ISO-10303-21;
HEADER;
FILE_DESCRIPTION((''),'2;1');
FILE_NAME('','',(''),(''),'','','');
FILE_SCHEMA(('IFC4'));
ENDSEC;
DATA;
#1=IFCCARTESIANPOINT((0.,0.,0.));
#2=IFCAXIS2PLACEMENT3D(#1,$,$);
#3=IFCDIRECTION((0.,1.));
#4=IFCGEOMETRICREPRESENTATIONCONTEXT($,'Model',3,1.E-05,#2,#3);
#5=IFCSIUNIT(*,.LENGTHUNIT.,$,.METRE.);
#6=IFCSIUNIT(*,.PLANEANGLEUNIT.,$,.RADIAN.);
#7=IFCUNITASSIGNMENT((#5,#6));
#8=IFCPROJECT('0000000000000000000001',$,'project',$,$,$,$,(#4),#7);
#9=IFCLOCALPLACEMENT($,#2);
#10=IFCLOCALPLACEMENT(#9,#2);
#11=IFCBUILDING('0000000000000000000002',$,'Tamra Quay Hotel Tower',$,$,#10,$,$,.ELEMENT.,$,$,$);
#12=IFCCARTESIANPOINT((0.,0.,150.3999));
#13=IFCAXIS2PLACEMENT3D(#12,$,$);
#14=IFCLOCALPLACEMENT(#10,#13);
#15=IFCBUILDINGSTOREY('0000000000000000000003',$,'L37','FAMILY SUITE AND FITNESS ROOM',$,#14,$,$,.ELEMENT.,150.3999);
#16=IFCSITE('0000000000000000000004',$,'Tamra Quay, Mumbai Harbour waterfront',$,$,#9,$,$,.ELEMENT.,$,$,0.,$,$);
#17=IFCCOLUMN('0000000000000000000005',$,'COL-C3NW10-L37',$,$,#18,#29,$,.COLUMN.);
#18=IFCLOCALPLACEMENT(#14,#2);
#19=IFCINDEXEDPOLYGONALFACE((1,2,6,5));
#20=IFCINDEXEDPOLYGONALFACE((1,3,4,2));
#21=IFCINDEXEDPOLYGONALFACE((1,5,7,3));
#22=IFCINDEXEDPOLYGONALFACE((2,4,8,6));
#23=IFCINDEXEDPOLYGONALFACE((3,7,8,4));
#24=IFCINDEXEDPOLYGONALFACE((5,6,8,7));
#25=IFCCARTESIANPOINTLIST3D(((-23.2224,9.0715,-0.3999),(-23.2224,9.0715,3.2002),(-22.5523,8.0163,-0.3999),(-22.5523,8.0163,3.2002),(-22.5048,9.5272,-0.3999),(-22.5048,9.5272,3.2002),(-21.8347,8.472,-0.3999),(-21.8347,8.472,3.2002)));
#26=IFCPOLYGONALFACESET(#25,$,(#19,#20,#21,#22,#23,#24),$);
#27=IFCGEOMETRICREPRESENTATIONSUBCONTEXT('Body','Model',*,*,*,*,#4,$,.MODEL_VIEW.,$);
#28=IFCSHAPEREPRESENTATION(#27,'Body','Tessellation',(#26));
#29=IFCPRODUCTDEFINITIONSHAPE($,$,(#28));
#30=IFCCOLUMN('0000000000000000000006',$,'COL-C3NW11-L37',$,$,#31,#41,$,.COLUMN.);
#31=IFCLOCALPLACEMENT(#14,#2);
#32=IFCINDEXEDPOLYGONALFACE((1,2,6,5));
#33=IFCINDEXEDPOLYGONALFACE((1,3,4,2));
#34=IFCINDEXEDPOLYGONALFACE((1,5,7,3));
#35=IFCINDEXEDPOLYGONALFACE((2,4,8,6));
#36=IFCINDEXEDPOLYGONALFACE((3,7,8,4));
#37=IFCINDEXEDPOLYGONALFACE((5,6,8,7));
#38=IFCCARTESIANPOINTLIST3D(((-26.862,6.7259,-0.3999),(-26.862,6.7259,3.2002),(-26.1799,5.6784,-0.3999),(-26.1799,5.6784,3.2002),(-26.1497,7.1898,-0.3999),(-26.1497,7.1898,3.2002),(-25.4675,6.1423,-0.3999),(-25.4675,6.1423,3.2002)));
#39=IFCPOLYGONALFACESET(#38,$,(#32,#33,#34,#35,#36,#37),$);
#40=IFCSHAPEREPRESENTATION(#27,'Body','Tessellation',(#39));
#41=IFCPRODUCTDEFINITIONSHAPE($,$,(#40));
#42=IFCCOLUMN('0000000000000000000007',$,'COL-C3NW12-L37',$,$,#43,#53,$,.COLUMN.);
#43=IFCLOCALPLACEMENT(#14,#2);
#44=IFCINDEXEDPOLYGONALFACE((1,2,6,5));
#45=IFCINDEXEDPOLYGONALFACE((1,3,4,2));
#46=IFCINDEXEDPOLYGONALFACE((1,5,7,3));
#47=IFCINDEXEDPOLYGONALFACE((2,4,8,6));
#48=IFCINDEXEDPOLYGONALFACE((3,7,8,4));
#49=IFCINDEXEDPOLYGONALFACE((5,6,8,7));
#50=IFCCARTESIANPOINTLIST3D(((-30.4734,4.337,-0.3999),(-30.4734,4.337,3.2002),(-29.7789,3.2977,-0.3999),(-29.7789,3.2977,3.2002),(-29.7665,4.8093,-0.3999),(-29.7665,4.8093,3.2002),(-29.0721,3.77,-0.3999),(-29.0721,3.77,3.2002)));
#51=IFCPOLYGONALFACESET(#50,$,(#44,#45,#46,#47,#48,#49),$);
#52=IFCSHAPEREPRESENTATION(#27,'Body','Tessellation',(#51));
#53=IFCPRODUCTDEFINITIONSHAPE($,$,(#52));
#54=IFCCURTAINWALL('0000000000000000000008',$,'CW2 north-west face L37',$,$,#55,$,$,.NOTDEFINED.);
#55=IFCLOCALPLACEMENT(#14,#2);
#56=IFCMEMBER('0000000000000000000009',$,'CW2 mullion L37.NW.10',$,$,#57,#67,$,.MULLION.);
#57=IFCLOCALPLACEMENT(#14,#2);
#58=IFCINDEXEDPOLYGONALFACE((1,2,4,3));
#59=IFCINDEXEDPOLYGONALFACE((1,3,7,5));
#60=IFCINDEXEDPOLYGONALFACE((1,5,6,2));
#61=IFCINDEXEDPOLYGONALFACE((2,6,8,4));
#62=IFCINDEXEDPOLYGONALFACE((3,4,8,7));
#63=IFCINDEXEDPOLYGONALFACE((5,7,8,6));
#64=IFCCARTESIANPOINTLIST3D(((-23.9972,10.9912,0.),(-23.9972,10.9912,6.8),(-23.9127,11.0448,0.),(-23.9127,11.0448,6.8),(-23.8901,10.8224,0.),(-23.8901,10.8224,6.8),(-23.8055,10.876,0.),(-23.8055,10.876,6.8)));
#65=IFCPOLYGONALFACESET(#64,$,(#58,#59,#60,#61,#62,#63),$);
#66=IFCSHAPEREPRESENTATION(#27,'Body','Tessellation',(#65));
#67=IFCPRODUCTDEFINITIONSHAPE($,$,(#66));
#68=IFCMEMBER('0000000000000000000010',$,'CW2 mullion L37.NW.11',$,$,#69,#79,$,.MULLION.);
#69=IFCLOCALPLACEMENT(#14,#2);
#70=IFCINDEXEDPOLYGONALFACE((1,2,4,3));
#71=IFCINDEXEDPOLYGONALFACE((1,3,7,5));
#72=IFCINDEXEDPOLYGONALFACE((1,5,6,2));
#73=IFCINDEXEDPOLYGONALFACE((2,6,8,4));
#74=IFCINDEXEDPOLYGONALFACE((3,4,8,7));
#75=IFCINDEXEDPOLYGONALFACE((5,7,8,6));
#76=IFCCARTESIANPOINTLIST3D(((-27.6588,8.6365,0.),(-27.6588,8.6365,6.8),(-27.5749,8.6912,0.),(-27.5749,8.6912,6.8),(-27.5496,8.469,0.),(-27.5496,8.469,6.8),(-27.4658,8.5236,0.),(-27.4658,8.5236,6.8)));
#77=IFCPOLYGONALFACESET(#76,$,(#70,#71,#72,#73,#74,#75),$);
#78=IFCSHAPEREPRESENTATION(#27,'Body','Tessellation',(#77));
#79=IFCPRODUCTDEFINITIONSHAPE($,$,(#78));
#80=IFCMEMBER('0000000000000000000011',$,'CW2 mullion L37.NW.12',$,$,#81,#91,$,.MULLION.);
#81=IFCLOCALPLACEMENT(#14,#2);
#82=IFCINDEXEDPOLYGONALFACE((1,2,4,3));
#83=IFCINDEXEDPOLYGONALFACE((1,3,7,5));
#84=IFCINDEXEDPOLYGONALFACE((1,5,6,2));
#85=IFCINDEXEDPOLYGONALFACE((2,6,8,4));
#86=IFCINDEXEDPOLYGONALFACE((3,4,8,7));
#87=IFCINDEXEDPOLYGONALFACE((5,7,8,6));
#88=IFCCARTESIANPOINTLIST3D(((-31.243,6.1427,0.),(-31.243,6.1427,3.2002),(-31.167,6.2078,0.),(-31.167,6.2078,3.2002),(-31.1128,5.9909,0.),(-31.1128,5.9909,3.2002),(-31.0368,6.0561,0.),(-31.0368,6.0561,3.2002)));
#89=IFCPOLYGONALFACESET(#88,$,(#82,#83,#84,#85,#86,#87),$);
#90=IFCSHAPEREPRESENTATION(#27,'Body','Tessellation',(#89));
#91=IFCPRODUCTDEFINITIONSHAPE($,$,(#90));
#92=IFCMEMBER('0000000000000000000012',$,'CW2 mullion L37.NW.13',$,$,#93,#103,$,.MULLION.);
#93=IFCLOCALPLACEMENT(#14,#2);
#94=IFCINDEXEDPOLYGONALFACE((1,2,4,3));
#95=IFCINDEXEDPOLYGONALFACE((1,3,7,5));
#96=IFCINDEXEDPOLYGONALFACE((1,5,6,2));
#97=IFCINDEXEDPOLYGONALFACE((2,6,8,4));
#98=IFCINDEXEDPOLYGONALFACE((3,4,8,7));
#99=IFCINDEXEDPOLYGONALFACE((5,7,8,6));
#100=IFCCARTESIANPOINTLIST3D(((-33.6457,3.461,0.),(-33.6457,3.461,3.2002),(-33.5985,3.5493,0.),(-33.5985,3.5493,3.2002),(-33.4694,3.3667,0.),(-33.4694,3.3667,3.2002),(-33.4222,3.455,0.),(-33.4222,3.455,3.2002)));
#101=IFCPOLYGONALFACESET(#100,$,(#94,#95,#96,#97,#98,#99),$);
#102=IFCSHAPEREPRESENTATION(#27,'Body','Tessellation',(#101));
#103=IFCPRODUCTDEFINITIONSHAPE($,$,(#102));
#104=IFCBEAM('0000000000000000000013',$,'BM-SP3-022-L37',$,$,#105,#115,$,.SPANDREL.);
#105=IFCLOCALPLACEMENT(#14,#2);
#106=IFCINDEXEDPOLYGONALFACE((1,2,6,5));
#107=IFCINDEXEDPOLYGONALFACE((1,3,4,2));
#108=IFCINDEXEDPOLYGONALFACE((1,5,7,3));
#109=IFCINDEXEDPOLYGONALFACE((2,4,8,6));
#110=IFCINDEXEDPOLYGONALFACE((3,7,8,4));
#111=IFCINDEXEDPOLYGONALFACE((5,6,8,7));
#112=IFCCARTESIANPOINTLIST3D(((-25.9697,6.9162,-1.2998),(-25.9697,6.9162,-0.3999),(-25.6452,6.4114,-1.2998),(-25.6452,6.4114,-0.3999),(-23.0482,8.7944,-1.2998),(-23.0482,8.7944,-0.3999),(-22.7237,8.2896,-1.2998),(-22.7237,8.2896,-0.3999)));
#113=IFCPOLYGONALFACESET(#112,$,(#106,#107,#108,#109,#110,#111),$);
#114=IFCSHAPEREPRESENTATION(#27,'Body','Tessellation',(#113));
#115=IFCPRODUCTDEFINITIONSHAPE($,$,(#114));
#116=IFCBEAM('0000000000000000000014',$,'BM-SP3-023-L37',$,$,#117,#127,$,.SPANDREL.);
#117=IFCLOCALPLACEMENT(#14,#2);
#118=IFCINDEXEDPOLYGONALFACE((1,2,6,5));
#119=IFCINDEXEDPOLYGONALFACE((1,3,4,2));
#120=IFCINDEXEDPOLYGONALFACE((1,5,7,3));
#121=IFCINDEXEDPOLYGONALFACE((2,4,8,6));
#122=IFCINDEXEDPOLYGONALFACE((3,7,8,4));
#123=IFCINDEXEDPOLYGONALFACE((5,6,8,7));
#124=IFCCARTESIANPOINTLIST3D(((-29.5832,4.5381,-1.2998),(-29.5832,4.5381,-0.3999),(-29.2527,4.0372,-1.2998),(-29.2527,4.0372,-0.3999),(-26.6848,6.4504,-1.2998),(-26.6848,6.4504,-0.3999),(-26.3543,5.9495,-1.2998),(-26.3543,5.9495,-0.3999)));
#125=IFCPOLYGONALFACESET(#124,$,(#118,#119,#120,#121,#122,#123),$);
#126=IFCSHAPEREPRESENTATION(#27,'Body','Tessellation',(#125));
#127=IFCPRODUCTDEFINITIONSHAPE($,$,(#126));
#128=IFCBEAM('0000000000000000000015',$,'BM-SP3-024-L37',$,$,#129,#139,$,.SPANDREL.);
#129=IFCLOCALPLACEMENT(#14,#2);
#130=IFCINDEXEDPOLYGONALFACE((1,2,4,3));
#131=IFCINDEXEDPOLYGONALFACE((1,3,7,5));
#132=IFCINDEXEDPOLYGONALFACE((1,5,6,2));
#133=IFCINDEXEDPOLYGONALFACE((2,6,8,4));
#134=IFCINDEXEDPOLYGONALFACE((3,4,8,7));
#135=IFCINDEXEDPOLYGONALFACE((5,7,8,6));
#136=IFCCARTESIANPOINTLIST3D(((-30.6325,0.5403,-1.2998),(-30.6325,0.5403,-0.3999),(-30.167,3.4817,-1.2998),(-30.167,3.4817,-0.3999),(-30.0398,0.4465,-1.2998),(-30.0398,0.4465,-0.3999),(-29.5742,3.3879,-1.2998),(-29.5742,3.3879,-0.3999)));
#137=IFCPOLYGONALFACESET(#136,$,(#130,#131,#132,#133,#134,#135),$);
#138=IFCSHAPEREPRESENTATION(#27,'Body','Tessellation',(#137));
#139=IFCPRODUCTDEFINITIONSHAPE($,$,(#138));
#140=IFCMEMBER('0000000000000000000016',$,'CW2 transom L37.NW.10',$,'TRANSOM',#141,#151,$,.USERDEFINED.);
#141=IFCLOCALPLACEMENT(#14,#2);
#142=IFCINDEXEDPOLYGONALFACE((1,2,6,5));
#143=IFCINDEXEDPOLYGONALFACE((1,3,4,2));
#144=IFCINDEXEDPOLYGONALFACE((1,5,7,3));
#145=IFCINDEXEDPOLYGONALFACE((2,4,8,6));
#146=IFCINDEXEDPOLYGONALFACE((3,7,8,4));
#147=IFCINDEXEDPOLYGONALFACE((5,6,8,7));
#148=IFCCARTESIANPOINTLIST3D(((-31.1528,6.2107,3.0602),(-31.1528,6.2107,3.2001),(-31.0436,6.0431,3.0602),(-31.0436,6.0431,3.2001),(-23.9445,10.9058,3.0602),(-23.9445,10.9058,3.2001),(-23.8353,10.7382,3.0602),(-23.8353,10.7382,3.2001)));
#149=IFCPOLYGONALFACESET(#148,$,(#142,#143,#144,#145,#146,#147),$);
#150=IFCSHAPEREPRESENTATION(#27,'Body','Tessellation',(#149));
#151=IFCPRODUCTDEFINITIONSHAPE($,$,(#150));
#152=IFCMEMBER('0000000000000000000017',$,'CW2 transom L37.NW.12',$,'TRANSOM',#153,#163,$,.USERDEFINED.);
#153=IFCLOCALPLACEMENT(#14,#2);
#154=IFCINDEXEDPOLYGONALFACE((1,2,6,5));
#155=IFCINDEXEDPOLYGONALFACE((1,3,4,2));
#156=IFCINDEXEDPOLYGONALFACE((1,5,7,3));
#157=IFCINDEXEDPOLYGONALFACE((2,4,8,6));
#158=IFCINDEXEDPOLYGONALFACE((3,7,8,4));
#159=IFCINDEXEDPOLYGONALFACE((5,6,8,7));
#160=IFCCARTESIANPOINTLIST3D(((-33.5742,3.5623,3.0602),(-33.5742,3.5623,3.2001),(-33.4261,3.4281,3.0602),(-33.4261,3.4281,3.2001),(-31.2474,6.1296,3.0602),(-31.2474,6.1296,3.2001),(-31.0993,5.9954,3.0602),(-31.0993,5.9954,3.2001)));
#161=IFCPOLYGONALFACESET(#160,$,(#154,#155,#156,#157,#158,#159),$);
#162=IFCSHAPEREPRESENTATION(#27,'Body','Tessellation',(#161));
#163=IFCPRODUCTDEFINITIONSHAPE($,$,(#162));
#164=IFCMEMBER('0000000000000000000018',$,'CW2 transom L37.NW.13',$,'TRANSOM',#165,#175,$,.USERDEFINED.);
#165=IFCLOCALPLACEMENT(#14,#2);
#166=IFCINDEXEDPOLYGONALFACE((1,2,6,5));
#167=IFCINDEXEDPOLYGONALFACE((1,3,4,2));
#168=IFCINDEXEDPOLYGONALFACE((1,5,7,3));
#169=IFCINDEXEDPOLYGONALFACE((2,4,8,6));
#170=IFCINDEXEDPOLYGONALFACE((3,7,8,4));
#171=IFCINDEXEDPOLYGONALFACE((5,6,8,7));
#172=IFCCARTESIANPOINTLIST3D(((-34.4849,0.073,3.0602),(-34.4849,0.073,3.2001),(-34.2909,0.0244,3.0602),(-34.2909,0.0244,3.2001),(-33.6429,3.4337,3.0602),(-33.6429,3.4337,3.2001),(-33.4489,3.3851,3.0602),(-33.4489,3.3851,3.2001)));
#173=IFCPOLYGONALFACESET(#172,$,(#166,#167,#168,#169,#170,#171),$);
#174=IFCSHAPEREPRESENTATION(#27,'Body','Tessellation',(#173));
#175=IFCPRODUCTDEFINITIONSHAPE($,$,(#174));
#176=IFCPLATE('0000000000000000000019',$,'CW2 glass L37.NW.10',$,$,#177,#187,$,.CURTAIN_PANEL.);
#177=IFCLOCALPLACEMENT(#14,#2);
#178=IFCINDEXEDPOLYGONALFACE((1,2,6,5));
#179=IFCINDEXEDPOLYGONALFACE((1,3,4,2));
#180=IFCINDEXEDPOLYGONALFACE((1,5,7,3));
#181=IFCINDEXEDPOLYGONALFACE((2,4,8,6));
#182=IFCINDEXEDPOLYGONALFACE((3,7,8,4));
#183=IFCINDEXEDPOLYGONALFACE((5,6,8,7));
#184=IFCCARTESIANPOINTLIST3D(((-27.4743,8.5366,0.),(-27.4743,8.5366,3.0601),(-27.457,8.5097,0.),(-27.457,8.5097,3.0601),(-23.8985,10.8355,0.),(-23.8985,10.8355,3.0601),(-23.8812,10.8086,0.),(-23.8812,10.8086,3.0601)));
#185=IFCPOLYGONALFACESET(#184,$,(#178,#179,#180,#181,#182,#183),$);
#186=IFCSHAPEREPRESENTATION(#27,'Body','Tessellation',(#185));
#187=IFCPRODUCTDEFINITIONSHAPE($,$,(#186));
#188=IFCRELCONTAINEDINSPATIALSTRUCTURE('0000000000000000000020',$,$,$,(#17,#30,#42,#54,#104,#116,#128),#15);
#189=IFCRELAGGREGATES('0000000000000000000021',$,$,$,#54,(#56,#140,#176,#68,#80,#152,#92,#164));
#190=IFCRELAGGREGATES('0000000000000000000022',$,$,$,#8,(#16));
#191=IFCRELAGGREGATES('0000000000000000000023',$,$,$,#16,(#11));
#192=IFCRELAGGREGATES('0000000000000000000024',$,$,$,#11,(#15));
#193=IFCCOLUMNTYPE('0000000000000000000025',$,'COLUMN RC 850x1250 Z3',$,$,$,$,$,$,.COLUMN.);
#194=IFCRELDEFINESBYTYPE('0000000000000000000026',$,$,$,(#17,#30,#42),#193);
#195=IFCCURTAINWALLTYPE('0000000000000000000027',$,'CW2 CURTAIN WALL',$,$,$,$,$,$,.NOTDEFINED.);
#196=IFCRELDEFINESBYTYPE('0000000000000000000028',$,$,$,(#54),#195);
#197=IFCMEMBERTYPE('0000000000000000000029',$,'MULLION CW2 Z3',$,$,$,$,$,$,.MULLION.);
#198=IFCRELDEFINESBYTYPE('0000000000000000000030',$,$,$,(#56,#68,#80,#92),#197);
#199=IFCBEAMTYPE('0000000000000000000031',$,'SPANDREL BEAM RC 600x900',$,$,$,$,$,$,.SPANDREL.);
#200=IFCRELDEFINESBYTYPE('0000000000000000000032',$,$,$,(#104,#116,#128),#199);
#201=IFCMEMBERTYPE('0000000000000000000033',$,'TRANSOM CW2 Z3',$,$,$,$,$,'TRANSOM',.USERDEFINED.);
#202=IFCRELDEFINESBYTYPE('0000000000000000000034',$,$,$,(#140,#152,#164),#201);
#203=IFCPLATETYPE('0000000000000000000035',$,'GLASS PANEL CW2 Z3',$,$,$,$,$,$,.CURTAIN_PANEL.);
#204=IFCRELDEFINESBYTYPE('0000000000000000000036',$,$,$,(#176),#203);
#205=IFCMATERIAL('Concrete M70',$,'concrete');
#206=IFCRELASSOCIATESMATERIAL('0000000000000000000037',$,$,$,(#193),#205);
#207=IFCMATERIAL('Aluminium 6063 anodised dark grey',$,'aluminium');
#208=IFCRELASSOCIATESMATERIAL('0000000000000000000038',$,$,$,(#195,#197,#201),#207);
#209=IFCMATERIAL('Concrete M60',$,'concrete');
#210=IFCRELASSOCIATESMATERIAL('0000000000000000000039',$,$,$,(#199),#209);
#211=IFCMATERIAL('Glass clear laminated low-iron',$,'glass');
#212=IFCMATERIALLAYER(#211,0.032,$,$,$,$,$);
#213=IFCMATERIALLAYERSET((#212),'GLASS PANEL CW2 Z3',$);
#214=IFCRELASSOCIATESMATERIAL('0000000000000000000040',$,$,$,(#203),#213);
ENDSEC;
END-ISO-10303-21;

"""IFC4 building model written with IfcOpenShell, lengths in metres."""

from ifc_helpers import new_model, si_unit, direction, frame, origin, origin_2d, place, context, subcontext, project, spatial, rectangle, extrude, material, layer, layer_set, material_profile, profile_set, type_object, element, aggregate, save


model = new_model("IFC4")

# Units and contexts
model_context = context("Model", 3, precision=1e-05, world=origin(), true_north=direction((0.0, 1.0)))
body_context = subcontext(model_context, "Body", "Model", "MODEL_VIEW")
ifc_project = project(units=[si_unit("LENGTHUNIT", "METRE"), si_unit("PLANEANGLEUNIT", "RADIAN")], contexts=[model_context])

# Site, building, storey
site_placement = place(None, origin())
site = spatial("IfcSite", under=ifc_project, at=site_placement, Name="Tamra Quay, Mumbai Harbour waterfront", CompositionType="ELEMENT", RefElevation=0.0)
building_placement = place(site_placement, origin())
building = spatial("IfcBuilding", under=site, at=building_placement, Name="Tamra Quay Hotel Tower", CompositionType="ELEMENT")
storey_placement = place(building_placement, frame((0.0, 0.0, 150.3999)))
storey = spatial("IfcBuildingStorey", under=building, at=storey_placement, Name="L37", Description="FAMILY SUITE AND FITNESS ROOM", CompositionType="ELEMENT", Elevation=150.3999)

# Columns
ifc_material_1 = material(Name="Concrete M70", Category="concrete")
ifc_material_profile_1 = material_profile(ifc_material_1, rectangle(XDim=1.25, YDim=0.8501, at=origin_2d()), Name="COLUMN RC 850x1250 Z3")
ifc_profile_set_1 = profile_set([ifc_material_profile_1], Name="Concrete M70")
column_type = type_object("IfcColumnType", Name="COLUMN RC 850x1250 Z3", PredefinedType="COLUMN", material=ifc_profile_set_1)
for number, where, z_axis, x_axis, name in (
    (1, (-22.5286, 8.7717, -0.3999), (0.0, 0.0, 1.0), (-0.536102, 0.844153, 0.0), "COL-C3NW10-L37"),
    (2, (-26.1648, 6.4341, -0.3999), (0.0, 0.0, 1.0), (-0.545703, 0.837979, 0.0), "COL-C3NW11-L37"),
    (3, (-29.7727, 4.0535, -0.3999), (0.0, 0.0, 1.0), (-0.555583, 0.831461, 0.0), "COL-C3NW12-L37"),
):
    element("IfcColumn", number, at=place(storey_placement, frame(where, z_axis=z_axis, x_axis=x_axis)), inside=storey, type_object=column_type, Name=name, PredefinedType="COLUMN", context=body_context, shape_type="SweptSolid", body=[
        extrude(rectangle(XDim=1.25, YDim=0.8501, at=origin_2d()), origin(), (0.0, 0.0, 1.0), 3.6001),
    ])

# Curtain wall, members
ifc_material_2 = material(Name="Aluminium 6063 anodised dark grey", Category="aluminium")
curtain_wall_type = type_object("IfcCurtainWallType", Name="CW2 CURTAIN WALL", PredefinedType="NOTDEFINED", material=ifc_material_2)
curtain_wall_placement = place(storey_placement, origin())
curtain_wall = element("IfcCurtainWall", 4, at=curtain_wall_placement, inside=storey, type_object=curtain_wall_type, Name="CW2 north-west face L37", PredefinedType="NOTDEFINED")
ifc_material_profile_2 = material_profile(ifc_material_2, rectangle(XDim=0.2, YDim=0.1001, at=origin_2d()), Name="MULLION 100X200")
ifc_profile_set_2 = profile_set([ifc_material_profile_2], Name="Aluminium 6063 anodised dark grey")
member_type_1 = type_object("IfcMemberType", Name="MULLION CW2 Z3", PredefinedType="MULLION", material=ifc_profile_set_2)
member_1_placement = place(storey_placement, frame((-23.9014, 10.9336, 0.0), z_axis=(0.0, 0.0, 1.0), x_axis=(-0.53576, 0.84437, 0.0)))
member_1 = element("IfcMember", 5, at=member_1_placement, type_object=member_type_1, Name="CW2 mullion L37.NW.10", PredefinedType="MULLION", context=body_context, shape_type="SweptSolid", body=[
    extrude(rectangle(XDim=0.2, YDim=0.1001, at=origin_2d()), origin(), (0.0, 0.0, 1.0), 6.8),
])
member_2_placement = place(storey_placement, frame((-27.5623, 8.5801, 0.0), z_axis=(0.0, 0.0, 1.0), x_axis=(-0.54578, 0.837928, 0.0)))
member_2 = element("IfcMember", 6, at=member_2_placement, type_object=member_type_1, Name="CW2 mullion L37.NW.11", PredefinedType="MULLION", context=body_context, shape_type="SweptSolid", body=[
    extrude(rectangle(XDim=0.2, YDim=0.1001, at=origin_2d()), origin(), (0.0, 0.0, 1.0), 6.8),
])
member_3_placement = place(storey_placement, frame((-31.1399, 6.0994, 0.0), z_axis=(0.0, 0.0, 1.0), x_axis=(-0.650989, 0.759087, 0.0)))
member_3 = element("IfcMember", 7, at=member_3_placement, type_object=member_type_1, Name="CW2 mullion L37.NW.12", PredefinedType="MULLION", context=body_context, shape_type="SweptSolid", body=[
    extrude(rectangle(XDim=0.2, YDim=0.1001, at=origin_2d()), origin(), (0.0, 0.0, 1.0), 3.2002),
])
member_4_placement = place(storey_placement, frame((-33.5339, 3.458, 0.0), z_axis=(0.0, 0.0, 1.0), x_axis=(-0.881925, 0.471389, 0.0)))
member_4 = element("IfcMember", 8, at=member_4_placement, type_object=member_type_1, Name="CW2 mullion L37.NW.13", PredefinedType="MULLION", context=body_context, shape_type="SweptSolid", body=[
    extrude(rectangle(XDim=0.2, YDim=0.1001, at=origin_2d()), origin(), (0.0, 0.0, 1.0), 3.2002),
])

# Beams
ifc_material_3 = material(Name="Concrete M60", Category="concrete")
ifc_material_profile_3 = material_profile(ifc_material_3, rectangle(XDim=0.6001, YDim=0.8999, at=origin_2d()), Name="SPANDREL BEAM RC 600x900")
ifc_profile_set_3 = profile_set([ifc_material_profile_3], Name="Concrete M60")
beam_type = type_object("IfcBeamType", Name="SPANDREL BEAM RC 600x900", PredefinedType="SPANDREL", material=ifc_profile_set_3)
beam_1_placement = place(storey_placement, frame((-22.886, 8.542, -0.8499), z_axis=(-0.84116, -0.540786, 0.0), x_axis=(0.540786, -0.84116, 0.0)))
element("IfcBeam", 9, at=beam_1_placement, inside=storey, type_object=beam_type, Name="BM-SP3-022-L37", PredefinedType="SPANDREL", context=body_context, shape_type="SweptSolid", body=[
    extrude(rectangle(XDim=0.6001, YDim=0.8999, at=origin_2d()), origin(), (0.0, 0.0, 1.0), 3.4731),
])
beam_2_placement = place(storey_placement, frame((-26.5195, 6.2, -0.8499), z_axis=(-0.834691, -0.550719, 0.0), x_axis=(0.550719, -0.834691, 0.0)))
element("IfcBeam", 10, at=beam_2_placement, inside=storey, type_object=beam_type, Name="BM-SP3-023-L37", PredefinedType="SPANDREL", context=body_context, shape_type="SweptSolid", body=[
    extrude(rectangle(XDim=0.6001, YDim=0.8999, at=origin_2d()), origin(), (0.0, 0.0, 1.0), 3.4724),
])
beam_3_placement = place(storey_placement, frame((-29.8706, 3.4348, -0.8499), z_axis=(-0.156337, -0.987704, 0.0), x_axis=(0.987704, -0.156337, 0.0)))
element("IfcBeam", 11, at=beam_3_placement, inside=storey, type_object=beam_type, Name="BM-SP3-024-L37", PredefinedType="SPANDREL", context=body_context, shape_type="SweptSolid", body=[
    extrude(rectangle(XDim=0.6001, YDim=0.8999, at=origin_2d()), origin(), (0.0, 0.0, 1.0), 2.978),
])

# Members
ifc_material_profile_4 = material_profile(ifc_material_2, rectangle(XDim=0.2, YDim=0.1399, at=origin_2d()), Name="TRANSOM 200X140")
ifc_profile_set_4 = profile_set([ifc_material_profile_4], Name="Aluminium 6063 anodised dark grey")
member_type_2 = type_object("IfcMemberType", Name="TRANSOM CW2 Z3", ElementType="TRANSOM", PredefinedType="USERDEFINED", material=ifc_profile_set_4)
member_5_placement = place(storey_placement, frame((-23.8899, 10.822, 3.1301), z_axis=(-0.837928, -0.545781, 0.0), x_axis=(0.545781, -0.837928, 0.0)))
member_5 = element("IfcMember", 12, at=member_5_placement, type_object=member_type_2, Name="CW2 transom L37.NW.10", ObjectType="TRANSOM", PredefinedType="USERDEFINED", context=body_context, shape_type="SweptSolid", body=[
    extrude(rectangle(XDim=0.2, YDim=0.1399, at=origin_2d()), origin(), (0.0, 0.0, 1.0), 8.6025),
])
member_6_placement = place(storey_placement, frame((-31.1733, 6.0625, 3.1301), z_axis=(-0.671553, -0.740956, 0.0), x_axis=(0.740956, -0.671553, 0.0)))
member_6 = element("IfcMember", 13, at=member_6_placement, type_object=member_type_2, Name="CW2 transom L37.NW.12", ObjectType="TRANSOM", PredefinedType="USERDEFINED", context=body_context, shape_type="SweptSolid", body=[
    extrude(rectangle(XDim=0.2, YDim=0.1399, at=origin_2d()), origin(), (0.0, 0.0, 1.0), 3.4648),
])
member_7_placement = place(storey_placement, frame((-33.5459, 3.4094, 3.1301), z_axis=(-0.243033, -0.970018, 0.0), x_axis=(0.970018, -0.243033, 0.0)))
member_7 = element("IfcMember", 14, at=member_7_placement, type_object=member_type_2, Name="CW2 transom L37.NW.13", ObjectType="TRANSOM", PredefinedType="USERDEFINED", context=body_context, shape_type="SweptSolid", body=[
    extrude(rectangle(XDim=0.2, YDim=0.1399, at=origin_2d()), origin(), (0.0, 0.0, 1.0), 3.4646),
])

# Plate
ifc_material_4 = material(Name="Glass clear laminated low-iron", Category="glass")
ifc_layer_1 = layer(ifc_material_4, 0.032)
ifc_layer_set_1 = layer_set([ifc_layer_1], Name="GLASS PANEL CW2 Z3")
plate_type = type_object("IfcPlateType", Name="GLASS PANEL CW2 Z3", PredefinedType="CURTAIN_PANEL", material=ifc_layer_set_1)
plate_1_placement = place(storey_placement, frame((-25.6777, 9.6726, 0.0), z_axis=(0.0, 0.0, 1.0), x_axis=(-0.841164, -0.54078, 0.0)))
plate_1 = element("IfcPlate", 15, at=plate_1_placement, type_object=plate_type, Name="CW2 glass L37.NW.10", PredefinedType="CURTAIN_PANEL", context=body_context, shape_type="SweptSolid", body=[
    extrude(rectangle(XDim=4.251, YDim=0.032, at=origin_2d()), origin(), (0.0, 0.0, 1.0), 3.0601),
])
aggregate(curtain_wall, [member_1, member_5, plate_1, member_2, member_3, member_6, member_4, member_7])

save(model, "model.ifc")
